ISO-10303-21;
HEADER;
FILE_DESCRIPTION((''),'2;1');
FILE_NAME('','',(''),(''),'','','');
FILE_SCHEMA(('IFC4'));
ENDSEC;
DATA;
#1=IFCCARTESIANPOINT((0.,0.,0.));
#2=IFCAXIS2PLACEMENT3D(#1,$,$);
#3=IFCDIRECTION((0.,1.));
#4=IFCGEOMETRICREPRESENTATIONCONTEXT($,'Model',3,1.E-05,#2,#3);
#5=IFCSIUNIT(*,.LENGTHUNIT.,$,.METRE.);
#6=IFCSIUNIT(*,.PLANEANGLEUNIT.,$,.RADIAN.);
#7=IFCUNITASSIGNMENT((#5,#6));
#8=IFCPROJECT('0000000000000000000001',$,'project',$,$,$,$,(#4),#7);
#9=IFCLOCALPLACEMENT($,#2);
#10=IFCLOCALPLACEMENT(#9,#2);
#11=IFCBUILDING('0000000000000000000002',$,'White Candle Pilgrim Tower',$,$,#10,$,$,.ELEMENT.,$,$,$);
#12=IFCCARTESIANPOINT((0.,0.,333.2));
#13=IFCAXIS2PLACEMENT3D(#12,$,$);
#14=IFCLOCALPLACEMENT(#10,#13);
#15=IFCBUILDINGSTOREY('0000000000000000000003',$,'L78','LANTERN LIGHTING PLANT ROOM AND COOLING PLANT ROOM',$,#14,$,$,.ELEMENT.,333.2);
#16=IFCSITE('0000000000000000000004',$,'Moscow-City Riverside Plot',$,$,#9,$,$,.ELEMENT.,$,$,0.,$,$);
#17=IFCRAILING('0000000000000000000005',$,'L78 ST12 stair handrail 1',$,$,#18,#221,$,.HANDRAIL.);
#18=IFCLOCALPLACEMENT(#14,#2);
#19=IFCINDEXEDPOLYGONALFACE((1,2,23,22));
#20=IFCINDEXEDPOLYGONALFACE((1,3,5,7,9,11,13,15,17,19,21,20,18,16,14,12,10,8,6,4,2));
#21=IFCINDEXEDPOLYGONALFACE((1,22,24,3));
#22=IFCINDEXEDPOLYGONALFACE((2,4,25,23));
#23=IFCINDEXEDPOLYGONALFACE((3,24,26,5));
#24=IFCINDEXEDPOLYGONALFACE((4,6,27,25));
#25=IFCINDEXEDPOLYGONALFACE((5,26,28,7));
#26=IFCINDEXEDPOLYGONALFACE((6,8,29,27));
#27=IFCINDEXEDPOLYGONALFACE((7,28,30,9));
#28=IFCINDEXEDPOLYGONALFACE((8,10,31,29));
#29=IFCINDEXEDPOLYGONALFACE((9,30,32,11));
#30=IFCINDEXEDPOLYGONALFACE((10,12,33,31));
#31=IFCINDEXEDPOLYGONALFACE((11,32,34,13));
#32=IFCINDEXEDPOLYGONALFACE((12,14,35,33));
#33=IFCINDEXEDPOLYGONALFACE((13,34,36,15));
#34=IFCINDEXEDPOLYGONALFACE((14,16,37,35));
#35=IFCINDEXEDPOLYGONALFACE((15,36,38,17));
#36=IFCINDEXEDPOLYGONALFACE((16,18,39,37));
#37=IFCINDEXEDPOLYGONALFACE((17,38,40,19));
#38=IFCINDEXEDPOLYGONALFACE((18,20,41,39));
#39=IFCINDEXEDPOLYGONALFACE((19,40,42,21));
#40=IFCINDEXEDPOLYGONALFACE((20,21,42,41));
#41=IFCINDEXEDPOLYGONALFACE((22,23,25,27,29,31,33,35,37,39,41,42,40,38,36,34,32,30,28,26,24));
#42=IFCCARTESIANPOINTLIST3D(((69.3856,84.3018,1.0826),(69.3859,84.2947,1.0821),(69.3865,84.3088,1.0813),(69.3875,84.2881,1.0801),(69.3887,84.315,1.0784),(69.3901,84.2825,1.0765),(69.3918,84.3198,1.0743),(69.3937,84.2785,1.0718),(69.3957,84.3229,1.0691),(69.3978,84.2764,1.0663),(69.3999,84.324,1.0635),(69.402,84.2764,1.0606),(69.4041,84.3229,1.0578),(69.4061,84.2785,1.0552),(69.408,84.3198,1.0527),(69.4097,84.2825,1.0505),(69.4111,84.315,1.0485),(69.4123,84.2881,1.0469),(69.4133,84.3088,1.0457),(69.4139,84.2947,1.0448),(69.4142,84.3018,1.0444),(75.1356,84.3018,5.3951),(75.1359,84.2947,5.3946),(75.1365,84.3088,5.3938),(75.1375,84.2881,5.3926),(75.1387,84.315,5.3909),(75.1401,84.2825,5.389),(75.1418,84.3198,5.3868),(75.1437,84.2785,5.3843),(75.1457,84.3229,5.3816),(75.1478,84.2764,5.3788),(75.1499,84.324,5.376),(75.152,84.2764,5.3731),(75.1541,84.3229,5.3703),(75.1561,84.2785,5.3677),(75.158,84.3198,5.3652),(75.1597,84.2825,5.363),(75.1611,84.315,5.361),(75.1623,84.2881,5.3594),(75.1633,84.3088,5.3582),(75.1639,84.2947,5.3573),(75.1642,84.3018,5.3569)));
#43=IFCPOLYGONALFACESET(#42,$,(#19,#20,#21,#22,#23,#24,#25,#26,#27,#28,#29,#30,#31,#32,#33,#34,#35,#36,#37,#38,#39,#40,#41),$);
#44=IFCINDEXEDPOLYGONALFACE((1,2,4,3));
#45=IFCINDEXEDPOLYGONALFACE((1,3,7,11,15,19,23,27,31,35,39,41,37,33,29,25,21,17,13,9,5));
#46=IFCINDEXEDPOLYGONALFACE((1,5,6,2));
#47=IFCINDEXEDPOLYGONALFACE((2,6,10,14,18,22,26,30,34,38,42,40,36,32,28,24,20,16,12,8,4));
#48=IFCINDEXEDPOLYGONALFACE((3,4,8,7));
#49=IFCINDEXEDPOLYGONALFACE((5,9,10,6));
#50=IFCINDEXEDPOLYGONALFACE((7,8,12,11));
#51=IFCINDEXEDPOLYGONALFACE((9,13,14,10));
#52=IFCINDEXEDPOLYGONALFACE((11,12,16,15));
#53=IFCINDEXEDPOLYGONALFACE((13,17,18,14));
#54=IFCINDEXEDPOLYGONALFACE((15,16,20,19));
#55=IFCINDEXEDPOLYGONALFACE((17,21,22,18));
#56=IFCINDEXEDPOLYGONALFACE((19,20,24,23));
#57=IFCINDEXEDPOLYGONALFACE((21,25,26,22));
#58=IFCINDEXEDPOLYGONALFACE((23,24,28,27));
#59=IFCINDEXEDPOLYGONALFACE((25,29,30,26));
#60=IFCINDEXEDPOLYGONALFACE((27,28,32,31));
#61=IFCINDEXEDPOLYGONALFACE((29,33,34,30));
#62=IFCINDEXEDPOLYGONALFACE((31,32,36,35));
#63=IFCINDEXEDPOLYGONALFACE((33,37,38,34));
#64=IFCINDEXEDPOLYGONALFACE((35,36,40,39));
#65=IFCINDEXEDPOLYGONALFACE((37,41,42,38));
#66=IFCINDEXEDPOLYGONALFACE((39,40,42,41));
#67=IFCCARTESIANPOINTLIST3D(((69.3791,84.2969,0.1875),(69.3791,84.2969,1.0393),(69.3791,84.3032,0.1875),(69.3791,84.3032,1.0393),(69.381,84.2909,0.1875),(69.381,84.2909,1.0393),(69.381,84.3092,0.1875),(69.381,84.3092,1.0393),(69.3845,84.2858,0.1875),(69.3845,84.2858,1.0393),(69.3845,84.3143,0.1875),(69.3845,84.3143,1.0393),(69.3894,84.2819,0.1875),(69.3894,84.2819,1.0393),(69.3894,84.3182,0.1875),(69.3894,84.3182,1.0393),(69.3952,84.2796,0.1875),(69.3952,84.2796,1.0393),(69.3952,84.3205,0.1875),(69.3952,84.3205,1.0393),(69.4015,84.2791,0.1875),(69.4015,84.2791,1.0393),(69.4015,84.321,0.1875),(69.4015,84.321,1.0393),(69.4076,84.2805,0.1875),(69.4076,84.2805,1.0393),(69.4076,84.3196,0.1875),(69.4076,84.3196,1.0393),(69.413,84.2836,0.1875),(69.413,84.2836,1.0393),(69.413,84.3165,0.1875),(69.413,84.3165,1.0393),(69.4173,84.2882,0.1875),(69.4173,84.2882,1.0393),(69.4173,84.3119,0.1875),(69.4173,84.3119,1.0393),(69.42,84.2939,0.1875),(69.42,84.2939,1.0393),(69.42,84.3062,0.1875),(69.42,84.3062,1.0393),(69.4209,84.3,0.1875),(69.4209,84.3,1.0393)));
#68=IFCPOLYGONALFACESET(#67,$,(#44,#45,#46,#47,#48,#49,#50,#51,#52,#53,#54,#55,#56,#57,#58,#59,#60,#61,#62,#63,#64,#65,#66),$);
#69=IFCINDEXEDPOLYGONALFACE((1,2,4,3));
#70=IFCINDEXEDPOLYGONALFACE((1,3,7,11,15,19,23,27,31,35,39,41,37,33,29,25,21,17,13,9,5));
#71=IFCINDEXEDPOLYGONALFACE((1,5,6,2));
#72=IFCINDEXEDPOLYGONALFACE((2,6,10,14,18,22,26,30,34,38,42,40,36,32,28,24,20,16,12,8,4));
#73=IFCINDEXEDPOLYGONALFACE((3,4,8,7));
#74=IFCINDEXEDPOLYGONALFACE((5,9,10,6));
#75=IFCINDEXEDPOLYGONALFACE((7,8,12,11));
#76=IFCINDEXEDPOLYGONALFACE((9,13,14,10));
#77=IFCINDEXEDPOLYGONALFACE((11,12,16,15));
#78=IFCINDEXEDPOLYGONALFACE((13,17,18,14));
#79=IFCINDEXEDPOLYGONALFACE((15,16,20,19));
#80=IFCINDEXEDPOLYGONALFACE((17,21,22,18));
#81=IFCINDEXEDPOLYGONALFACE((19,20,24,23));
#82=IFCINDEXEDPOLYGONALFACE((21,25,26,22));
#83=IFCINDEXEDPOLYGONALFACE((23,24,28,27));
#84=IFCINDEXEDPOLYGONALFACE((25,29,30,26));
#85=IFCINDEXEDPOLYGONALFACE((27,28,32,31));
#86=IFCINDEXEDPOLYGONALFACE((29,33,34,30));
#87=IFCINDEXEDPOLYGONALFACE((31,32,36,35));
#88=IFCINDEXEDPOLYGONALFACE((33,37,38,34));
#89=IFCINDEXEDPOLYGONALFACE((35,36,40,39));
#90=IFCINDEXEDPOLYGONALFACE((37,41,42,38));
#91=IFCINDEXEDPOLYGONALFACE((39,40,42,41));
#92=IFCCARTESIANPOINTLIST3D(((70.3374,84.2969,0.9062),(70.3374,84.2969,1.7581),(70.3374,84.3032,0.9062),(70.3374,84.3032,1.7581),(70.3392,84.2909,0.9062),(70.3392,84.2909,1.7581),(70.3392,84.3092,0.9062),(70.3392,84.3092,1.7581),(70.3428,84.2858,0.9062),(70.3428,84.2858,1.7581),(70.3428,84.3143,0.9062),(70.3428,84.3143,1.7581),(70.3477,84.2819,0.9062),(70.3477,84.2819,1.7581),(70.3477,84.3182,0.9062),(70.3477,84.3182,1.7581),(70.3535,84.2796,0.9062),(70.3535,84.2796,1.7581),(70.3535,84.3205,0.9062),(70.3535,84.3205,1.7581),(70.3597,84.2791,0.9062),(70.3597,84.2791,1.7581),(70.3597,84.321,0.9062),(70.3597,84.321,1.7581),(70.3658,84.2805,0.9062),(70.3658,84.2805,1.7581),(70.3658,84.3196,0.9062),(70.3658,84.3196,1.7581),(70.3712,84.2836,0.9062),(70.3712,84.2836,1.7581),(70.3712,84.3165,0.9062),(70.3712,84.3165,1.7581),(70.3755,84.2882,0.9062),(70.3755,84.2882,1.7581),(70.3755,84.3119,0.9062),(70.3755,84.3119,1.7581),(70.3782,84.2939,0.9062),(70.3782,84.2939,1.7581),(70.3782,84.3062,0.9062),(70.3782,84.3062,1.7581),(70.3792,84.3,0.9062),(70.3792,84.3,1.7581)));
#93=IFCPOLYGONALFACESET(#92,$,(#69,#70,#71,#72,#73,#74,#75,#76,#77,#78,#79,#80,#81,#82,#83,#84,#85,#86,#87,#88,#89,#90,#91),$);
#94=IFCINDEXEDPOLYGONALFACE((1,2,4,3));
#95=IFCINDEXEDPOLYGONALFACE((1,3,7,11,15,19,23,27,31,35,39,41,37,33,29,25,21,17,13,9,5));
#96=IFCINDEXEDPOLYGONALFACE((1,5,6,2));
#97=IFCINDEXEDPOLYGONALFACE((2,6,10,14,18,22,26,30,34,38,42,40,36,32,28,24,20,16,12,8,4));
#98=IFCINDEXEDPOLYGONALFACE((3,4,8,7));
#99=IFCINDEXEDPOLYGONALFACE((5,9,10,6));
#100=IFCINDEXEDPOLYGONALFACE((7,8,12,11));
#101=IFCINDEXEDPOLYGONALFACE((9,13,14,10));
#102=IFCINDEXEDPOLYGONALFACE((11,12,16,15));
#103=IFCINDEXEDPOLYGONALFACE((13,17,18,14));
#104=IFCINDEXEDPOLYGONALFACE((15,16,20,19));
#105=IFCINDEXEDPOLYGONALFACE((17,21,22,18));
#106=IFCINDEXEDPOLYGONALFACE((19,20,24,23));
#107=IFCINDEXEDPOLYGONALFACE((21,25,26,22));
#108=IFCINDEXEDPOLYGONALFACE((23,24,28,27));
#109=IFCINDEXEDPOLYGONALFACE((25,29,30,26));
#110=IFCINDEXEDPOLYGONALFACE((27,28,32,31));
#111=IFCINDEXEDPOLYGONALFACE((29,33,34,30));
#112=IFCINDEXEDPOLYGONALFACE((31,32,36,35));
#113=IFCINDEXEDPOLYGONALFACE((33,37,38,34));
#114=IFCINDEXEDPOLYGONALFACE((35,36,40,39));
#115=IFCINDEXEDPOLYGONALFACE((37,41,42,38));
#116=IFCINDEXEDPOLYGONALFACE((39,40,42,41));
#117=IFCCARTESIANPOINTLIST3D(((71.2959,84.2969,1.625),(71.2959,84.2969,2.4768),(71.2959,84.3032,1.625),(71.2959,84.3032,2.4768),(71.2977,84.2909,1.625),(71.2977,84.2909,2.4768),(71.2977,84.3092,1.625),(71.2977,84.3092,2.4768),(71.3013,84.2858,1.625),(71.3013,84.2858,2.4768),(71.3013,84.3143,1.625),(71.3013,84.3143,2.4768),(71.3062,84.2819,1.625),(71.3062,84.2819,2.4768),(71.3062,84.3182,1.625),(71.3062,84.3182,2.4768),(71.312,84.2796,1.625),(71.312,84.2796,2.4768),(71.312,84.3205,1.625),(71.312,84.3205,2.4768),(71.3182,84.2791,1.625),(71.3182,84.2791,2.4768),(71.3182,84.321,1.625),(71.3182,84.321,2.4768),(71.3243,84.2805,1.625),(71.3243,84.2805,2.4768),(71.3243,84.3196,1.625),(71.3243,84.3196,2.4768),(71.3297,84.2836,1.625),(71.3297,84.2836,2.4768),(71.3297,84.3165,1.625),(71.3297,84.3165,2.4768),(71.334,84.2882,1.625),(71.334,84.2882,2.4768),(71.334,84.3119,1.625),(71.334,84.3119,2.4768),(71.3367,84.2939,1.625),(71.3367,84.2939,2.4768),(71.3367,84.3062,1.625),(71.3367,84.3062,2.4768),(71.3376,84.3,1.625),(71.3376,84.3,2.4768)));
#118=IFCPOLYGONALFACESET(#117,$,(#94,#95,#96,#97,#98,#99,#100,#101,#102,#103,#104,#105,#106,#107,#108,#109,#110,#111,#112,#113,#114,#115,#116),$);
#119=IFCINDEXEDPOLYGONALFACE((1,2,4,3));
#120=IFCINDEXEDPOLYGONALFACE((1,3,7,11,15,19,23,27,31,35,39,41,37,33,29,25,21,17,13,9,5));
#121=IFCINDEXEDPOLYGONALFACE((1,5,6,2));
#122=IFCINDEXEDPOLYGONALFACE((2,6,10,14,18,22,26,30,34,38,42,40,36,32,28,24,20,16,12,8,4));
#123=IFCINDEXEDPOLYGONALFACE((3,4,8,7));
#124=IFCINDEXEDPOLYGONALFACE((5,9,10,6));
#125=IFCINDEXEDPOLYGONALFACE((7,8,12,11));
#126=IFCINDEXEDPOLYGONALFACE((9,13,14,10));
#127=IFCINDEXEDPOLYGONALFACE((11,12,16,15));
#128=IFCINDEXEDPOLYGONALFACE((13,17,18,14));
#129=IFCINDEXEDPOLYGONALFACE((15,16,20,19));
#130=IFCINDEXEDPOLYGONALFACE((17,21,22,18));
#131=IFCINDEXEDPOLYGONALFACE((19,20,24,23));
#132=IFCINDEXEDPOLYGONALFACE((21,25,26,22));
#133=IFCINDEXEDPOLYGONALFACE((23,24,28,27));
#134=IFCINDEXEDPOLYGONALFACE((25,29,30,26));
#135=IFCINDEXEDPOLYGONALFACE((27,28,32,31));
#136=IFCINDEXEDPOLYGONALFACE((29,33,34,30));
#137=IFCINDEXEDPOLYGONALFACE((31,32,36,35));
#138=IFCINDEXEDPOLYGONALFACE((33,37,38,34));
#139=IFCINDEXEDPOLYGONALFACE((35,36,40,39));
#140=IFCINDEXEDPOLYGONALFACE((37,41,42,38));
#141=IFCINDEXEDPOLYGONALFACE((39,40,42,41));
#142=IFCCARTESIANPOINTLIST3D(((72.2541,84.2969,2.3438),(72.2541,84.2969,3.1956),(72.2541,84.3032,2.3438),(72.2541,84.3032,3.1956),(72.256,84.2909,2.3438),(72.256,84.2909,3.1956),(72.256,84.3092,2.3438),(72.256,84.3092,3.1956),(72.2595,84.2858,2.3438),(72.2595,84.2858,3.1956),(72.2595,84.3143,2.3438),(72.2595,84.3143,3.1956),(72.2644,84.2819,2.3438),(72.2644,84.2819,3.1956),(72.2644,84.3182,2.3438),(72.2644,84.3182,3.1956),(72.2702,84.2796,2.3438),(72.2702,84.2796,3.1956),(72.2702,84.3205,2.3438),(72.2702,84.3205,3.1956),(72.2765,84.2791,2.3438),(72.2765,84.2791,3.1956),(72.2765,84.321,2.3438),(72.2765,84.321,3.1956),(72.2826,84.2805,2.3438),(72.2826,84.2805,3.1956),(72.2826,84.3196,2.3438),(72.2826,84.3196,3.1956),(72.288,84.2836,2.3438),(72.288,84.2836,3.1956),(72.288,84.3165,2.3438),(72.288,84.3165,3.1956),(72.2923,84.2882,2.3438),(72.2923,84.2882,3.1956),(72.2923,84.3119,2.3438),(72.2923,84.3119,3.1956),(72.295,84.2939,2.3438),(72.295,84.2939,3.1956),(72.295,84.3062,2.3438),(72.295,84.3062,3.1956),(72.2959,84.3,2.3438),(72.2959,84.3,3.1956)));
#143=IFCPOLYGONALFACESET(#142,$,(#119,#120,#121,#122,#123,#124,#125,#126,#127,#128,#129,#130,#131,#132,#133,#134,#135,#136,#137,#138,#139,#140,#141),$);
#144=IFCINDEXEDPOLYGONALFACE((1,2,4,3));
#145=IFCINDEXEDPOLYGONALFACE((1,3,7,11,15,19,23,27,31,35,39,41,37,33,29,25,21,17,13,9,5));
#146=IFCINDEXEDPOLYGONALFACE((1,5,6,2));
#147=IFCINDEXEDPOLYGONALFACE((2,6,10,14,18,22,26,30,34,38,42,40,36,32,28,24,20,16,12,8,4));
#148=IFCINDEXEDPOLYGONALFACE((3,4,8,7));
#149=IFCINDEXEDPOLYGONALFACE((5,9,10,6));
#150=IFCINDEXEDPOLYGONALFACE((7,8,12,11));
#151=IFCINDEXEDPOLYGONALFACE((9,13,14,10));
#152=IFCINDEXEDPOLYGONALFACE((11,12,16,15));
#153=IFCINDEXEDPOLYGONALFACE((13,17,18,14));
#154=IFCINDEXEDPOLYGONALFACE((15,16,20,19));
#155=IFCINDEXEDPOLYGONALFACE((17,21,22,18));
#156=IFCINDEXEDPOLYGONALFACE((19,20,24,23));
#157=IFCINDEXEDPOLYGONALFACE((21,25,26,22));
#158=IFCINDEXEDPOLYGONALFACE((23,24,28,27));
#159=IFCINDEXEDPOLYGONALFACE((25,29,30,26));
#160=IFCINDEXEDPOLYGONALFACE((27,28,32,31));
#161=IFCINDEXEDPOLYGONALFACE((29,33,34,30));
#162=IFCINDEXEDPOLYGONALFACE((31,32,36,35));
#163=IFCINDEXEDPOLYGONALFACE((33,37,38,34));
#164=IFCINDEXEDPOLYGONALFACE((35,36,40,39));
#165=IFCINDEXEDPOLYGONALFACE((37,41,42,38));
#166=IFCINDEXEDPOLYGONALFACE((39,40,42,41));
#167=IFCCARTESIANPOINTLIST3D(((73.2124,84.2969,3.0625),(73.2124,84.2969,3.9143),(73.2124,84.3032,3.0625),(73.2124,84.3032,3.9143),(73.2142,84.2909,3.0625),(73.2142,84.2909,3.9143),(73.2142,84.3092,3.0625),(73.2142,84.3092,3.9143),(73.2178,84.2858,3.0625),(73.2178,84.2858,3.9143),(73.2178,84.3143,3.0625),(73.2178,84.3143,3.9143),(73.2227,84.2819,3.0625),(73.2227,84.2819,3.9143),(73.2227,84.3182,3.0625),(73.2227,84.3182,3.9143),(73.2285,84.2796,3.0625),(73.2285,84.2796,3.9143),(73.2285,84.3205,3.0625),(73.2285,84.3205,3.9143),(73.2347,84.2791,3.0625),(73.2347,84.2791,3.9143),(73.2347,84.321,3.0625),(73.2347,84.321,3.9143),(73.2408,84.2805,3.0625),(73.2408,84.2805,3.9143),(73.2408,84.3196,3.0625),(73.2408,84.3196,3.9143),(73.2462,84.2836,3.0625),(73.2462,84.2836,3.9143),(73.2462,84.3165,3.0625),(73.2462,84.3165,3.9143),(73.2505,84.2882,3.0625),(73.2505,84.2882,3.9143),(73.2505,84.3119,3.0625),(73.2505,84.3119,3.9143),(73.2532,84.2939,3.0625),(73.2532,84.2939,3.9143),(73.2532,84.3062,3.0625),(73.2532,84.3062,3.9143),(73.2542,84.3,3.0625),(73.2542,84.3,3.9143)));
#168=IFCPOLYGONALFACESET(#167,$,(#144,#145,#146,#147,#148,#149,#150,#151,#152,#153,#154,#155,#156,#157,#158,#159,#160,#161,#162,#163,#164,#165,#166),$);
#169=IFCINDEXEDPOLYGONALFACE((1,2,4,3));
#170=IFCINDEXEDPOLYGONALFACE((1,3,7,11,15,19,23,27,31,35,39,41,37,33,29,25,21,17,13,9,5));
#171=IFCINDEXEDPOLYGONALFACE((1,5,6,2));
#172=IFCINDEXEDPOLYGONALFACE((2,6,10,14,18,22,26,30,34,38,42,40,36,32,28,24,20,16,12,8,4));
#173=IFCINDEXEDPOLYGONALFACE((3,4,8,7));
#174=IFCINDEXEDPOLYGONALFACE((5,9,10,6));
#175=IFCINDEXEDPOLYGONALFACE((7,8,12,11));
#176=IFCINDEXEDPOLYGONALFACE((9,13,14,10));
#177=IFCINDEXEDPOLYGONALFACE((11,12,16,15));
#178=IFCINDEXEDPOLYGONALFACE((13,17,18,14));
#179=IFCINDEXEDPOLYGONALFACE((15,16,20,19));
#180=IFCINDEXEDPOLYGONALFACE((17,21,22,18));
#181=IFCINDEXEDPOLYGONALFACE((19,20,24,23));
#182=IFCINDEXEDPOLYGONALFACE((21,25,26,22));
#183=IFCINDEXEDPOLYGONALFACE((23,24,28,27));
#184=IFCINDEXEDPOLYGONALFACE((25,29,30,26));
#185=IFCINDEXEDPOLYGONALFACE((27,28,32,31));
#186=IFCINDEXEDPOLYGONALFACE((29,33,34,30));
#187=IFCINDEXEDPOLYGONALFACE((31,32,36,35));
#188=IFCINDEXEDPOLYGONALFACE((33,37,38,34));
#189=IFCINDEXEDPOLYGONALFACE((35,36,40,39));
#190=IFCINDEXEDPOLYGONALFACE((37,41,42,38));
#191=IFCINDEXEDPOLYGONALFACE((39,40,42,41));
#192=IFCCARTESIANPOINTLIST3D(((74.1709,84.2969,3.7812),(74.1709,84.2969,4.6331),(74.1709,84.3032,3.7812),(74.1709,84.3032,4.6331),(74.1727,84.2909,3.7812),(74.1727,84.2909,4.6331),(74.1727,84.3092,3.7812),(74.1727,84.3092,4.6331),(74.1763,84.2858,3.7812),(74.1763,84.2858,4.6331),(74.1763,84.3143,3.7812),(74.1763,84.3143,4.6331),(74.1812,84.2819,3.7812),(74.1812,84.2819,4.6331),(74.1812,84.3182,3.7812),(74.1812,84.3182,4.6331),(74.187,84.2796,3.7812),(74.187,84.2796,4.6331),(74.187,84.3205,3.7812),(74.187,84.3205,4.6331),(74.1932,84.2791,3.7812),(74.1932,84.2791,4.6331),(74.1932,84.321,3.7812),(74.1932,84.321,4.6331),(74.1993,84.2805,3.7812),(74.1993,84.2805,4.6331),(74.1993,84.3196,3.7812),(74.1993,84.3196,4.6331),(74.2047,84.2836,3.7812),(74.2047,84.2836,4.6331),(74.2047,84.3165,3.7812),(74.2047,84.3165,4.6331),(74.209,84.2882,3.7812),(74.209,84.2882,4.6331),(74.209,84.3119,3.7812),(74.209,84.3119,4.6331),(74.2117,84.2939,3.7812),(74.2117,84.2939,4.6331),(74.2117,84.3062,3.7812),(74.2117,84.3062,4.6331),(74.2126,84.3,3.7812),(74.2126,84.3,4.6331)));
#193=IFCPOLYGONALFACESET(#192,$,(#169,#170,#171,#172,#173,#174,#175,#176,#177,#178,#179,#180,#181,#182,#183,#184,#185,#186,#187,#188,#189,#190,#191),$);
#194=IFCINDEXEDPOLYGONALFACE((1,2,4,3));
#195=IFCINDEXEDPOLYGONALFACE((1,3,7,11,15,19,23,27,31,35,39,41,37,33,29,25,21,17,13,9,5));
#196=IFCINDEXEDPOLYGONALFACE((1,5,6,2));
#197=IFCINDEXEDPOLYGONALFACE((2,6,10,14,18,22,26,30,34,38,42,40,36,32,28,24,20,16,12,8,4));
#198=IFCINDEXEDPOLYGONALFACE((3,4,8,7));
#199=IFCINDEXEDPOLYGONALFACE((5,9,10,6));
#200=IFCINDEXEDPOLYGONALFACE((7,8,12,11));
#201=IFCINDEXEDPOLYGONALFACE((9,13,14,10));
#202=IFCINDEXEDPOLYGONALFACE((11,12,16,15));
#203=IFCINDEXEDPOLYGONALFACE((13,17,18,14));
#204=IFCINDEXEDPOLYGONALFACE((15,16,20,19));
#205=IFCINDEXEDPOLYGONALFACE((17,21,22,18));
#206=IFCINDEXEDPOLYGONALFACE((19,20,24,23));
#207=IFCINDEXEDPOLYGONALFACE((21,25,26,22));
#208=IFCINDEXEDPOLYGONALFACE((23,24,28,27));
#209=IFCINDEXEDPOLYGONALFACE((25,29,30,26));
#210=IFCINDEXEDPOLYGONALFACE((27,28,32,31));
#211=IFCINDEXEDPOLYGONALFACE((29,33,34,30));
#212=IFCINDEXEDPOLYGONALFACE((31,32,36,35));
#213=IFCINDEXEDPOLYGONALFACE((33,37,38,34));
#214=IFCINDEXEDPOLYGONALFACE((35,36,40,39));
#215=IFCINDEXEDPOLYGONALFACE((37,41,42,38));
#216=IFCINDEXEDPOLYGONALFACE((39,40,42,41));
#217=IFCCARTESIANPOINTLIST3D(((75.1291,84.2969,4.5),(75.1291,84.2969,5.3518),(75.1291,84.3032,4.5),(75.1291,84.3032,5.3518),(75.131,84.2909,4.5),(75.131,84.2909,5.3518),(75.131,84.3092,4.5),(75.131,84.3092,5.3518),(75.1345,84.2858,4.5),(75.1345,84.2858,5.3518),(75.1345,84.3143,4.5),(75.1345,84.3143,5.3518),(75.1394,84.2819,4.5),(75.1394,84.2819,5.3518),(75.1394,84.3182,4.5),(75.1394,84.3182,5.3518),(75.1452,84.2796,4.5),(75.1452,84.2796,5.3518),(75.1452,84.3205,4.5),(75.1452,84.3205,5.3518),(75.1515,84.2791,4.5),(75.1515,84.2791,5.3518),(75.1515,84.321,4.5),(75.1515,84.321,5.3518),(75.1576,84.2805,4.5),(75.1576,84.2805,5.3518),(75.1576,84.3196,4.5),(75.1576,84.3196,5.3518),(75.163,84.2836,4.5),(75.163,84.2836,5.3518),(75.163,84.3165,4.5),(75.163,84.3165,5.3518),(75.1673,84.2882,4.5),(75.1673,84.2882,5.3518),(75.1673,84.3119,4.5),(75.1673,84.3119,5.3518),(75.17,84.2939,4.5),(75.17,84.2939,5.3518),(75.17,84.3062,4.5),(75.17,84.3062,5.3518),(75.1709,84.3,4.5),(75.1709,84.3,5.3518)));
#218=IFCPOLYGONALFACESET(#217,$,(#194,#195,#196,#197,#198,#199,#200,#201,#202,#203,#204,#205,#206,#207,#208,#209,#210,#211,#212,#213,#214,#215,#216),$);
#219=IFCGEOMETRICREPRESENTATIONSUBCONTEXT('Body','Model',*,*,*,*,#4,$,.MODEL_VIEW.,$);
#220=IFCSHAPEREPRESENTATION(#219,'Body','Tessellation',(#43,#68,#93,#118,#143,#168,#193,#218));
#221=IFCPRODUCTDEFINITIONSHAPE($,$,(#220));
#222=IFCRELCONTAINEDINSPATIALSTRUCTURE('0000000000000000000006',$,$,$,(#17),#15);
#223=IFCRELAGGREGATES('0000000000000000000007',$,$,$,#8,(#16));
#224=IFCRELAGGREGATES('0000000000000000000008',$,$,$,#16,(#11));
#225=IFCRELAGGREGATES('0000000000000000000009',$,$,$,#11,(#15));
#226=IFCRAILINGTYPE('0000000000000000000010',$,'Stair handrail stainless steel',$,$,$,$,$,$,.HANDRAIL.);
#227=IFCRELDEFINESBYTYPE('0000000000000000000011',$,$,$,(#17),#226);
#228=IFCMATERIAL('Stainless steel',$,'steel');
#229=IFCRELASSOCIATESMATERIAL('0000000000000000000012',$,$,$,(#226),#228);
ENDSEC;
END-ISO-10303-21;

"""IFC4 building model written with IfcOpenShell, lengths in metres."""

from ifc_helpers import new_model, si_unit, direction, frame, origin, origin_2d, place, context, subcontext, project, spatial, circle, extrude, material, type_object, element, save


model = new_model("IFC4")

# Units and contexts
model_context = context("Model", 3, precision=1e-05, world=origin(), true_north=direction((0.0, 1.0)))
body_context = subcontext(model_context, "Body", "Model", "MODEL_VIEW")
ifc_project = project(units=[si_unit("LENGTHUNIT", "METRE"), si_unit("PLANEANGLEUNIT", "RADIAN")], contexts=[model_context])

# Site, building, storey
site_placement = place(None, origin())
site = spatial("IfcSite", under=ifc_project, at=site_placement, Name="Moscow-City Riverside Plot", CompositionType="ELEMENT", RefElevation=0.0)
building_placement = place(site_placement, origin())
building = spatial("IfcBuilding", under=site, at=building_placement, Name="White Candle Pilgrim Tower", CompositionType="ELEMENT")
storey_placement = place(building_placement, frame((0.0, 0.0, 333.2)))
storey = spatial("IfcBuildingStorey", under=building, at=storey_placement, Name="L78", Description="LANTERN LIGHTING PLANT ROOM AND COOLING PLANT ROOM", CompositionType="ELEMENT", Elevation=333.2)

# Railing
ifc_material_1 = material(Name="Stainless steel", Category="steel")
railing_type = type_object("IfcRailingType", Name="Stair handrail stainless steel", PredefinedType="HANDRAIL", material=ifc_material_1)
railing_1_placement = place(storey_placement, frame((69.3999, 84.3, 0.1875)))
element("IfcRailing", 1, at=railing_1_placement, inside=storey, type_object=railing_type, Name="L78 ST12 stair handrail 1", PredefinedType="HANDRAIL", context=body_context, shape_type="SweptSolid", body=[
    extrude(circle(Radius=0.0239, at=origin_2d()), frame((0.0, 0.0, 0.876), z_axis=(0.8, 0.0, 0.6), x_axis=(0.0, 1.0, 0.0)), (0.0, 0.0, 1.0), 7.1875),
    extrude(circle(Radius=0.021, at=origin_2d()), origin(), (0.0, 0.0, 1.0), 0.8518),
    extrude(circle(Radius=0.021, at=origin_2d()), frame((0.9583, 0.0, 0.7188)), (0.0, 0.0, 1.0), 0.8518),
    extrude(circle(Radius=0.021, at=origin_2d()), frame((1.9167, 0.0, 1.4375)), (0.0, 0.0, 1.0), 0.8518),
    extrude(circle(Radius=0.021, at=origin_2d()), frame((2.875, 0.0, 2.1562)), (0.0, 0.0, 1.0), 0.8518),
    extrude(circle(Radius=0.021, at=origin_2d()), frame((3.8333, 0.0, 2.875)), (0.0, 0.0, 1.0), 0.8518),
    extrude(circle(Radius=0.021, at=origin_2d()), frame((4.7917, 0.0, 3.5938)), (0.0, 0.0, 1.0), 0.8518),
    extrude(circle(Radius=0.021, at=origin_2d()), frame((5.75, 0.0, 4.3125)), (0.0, 0.0, 1.0), 0.8518),
])

save(model, "model.ifc")
